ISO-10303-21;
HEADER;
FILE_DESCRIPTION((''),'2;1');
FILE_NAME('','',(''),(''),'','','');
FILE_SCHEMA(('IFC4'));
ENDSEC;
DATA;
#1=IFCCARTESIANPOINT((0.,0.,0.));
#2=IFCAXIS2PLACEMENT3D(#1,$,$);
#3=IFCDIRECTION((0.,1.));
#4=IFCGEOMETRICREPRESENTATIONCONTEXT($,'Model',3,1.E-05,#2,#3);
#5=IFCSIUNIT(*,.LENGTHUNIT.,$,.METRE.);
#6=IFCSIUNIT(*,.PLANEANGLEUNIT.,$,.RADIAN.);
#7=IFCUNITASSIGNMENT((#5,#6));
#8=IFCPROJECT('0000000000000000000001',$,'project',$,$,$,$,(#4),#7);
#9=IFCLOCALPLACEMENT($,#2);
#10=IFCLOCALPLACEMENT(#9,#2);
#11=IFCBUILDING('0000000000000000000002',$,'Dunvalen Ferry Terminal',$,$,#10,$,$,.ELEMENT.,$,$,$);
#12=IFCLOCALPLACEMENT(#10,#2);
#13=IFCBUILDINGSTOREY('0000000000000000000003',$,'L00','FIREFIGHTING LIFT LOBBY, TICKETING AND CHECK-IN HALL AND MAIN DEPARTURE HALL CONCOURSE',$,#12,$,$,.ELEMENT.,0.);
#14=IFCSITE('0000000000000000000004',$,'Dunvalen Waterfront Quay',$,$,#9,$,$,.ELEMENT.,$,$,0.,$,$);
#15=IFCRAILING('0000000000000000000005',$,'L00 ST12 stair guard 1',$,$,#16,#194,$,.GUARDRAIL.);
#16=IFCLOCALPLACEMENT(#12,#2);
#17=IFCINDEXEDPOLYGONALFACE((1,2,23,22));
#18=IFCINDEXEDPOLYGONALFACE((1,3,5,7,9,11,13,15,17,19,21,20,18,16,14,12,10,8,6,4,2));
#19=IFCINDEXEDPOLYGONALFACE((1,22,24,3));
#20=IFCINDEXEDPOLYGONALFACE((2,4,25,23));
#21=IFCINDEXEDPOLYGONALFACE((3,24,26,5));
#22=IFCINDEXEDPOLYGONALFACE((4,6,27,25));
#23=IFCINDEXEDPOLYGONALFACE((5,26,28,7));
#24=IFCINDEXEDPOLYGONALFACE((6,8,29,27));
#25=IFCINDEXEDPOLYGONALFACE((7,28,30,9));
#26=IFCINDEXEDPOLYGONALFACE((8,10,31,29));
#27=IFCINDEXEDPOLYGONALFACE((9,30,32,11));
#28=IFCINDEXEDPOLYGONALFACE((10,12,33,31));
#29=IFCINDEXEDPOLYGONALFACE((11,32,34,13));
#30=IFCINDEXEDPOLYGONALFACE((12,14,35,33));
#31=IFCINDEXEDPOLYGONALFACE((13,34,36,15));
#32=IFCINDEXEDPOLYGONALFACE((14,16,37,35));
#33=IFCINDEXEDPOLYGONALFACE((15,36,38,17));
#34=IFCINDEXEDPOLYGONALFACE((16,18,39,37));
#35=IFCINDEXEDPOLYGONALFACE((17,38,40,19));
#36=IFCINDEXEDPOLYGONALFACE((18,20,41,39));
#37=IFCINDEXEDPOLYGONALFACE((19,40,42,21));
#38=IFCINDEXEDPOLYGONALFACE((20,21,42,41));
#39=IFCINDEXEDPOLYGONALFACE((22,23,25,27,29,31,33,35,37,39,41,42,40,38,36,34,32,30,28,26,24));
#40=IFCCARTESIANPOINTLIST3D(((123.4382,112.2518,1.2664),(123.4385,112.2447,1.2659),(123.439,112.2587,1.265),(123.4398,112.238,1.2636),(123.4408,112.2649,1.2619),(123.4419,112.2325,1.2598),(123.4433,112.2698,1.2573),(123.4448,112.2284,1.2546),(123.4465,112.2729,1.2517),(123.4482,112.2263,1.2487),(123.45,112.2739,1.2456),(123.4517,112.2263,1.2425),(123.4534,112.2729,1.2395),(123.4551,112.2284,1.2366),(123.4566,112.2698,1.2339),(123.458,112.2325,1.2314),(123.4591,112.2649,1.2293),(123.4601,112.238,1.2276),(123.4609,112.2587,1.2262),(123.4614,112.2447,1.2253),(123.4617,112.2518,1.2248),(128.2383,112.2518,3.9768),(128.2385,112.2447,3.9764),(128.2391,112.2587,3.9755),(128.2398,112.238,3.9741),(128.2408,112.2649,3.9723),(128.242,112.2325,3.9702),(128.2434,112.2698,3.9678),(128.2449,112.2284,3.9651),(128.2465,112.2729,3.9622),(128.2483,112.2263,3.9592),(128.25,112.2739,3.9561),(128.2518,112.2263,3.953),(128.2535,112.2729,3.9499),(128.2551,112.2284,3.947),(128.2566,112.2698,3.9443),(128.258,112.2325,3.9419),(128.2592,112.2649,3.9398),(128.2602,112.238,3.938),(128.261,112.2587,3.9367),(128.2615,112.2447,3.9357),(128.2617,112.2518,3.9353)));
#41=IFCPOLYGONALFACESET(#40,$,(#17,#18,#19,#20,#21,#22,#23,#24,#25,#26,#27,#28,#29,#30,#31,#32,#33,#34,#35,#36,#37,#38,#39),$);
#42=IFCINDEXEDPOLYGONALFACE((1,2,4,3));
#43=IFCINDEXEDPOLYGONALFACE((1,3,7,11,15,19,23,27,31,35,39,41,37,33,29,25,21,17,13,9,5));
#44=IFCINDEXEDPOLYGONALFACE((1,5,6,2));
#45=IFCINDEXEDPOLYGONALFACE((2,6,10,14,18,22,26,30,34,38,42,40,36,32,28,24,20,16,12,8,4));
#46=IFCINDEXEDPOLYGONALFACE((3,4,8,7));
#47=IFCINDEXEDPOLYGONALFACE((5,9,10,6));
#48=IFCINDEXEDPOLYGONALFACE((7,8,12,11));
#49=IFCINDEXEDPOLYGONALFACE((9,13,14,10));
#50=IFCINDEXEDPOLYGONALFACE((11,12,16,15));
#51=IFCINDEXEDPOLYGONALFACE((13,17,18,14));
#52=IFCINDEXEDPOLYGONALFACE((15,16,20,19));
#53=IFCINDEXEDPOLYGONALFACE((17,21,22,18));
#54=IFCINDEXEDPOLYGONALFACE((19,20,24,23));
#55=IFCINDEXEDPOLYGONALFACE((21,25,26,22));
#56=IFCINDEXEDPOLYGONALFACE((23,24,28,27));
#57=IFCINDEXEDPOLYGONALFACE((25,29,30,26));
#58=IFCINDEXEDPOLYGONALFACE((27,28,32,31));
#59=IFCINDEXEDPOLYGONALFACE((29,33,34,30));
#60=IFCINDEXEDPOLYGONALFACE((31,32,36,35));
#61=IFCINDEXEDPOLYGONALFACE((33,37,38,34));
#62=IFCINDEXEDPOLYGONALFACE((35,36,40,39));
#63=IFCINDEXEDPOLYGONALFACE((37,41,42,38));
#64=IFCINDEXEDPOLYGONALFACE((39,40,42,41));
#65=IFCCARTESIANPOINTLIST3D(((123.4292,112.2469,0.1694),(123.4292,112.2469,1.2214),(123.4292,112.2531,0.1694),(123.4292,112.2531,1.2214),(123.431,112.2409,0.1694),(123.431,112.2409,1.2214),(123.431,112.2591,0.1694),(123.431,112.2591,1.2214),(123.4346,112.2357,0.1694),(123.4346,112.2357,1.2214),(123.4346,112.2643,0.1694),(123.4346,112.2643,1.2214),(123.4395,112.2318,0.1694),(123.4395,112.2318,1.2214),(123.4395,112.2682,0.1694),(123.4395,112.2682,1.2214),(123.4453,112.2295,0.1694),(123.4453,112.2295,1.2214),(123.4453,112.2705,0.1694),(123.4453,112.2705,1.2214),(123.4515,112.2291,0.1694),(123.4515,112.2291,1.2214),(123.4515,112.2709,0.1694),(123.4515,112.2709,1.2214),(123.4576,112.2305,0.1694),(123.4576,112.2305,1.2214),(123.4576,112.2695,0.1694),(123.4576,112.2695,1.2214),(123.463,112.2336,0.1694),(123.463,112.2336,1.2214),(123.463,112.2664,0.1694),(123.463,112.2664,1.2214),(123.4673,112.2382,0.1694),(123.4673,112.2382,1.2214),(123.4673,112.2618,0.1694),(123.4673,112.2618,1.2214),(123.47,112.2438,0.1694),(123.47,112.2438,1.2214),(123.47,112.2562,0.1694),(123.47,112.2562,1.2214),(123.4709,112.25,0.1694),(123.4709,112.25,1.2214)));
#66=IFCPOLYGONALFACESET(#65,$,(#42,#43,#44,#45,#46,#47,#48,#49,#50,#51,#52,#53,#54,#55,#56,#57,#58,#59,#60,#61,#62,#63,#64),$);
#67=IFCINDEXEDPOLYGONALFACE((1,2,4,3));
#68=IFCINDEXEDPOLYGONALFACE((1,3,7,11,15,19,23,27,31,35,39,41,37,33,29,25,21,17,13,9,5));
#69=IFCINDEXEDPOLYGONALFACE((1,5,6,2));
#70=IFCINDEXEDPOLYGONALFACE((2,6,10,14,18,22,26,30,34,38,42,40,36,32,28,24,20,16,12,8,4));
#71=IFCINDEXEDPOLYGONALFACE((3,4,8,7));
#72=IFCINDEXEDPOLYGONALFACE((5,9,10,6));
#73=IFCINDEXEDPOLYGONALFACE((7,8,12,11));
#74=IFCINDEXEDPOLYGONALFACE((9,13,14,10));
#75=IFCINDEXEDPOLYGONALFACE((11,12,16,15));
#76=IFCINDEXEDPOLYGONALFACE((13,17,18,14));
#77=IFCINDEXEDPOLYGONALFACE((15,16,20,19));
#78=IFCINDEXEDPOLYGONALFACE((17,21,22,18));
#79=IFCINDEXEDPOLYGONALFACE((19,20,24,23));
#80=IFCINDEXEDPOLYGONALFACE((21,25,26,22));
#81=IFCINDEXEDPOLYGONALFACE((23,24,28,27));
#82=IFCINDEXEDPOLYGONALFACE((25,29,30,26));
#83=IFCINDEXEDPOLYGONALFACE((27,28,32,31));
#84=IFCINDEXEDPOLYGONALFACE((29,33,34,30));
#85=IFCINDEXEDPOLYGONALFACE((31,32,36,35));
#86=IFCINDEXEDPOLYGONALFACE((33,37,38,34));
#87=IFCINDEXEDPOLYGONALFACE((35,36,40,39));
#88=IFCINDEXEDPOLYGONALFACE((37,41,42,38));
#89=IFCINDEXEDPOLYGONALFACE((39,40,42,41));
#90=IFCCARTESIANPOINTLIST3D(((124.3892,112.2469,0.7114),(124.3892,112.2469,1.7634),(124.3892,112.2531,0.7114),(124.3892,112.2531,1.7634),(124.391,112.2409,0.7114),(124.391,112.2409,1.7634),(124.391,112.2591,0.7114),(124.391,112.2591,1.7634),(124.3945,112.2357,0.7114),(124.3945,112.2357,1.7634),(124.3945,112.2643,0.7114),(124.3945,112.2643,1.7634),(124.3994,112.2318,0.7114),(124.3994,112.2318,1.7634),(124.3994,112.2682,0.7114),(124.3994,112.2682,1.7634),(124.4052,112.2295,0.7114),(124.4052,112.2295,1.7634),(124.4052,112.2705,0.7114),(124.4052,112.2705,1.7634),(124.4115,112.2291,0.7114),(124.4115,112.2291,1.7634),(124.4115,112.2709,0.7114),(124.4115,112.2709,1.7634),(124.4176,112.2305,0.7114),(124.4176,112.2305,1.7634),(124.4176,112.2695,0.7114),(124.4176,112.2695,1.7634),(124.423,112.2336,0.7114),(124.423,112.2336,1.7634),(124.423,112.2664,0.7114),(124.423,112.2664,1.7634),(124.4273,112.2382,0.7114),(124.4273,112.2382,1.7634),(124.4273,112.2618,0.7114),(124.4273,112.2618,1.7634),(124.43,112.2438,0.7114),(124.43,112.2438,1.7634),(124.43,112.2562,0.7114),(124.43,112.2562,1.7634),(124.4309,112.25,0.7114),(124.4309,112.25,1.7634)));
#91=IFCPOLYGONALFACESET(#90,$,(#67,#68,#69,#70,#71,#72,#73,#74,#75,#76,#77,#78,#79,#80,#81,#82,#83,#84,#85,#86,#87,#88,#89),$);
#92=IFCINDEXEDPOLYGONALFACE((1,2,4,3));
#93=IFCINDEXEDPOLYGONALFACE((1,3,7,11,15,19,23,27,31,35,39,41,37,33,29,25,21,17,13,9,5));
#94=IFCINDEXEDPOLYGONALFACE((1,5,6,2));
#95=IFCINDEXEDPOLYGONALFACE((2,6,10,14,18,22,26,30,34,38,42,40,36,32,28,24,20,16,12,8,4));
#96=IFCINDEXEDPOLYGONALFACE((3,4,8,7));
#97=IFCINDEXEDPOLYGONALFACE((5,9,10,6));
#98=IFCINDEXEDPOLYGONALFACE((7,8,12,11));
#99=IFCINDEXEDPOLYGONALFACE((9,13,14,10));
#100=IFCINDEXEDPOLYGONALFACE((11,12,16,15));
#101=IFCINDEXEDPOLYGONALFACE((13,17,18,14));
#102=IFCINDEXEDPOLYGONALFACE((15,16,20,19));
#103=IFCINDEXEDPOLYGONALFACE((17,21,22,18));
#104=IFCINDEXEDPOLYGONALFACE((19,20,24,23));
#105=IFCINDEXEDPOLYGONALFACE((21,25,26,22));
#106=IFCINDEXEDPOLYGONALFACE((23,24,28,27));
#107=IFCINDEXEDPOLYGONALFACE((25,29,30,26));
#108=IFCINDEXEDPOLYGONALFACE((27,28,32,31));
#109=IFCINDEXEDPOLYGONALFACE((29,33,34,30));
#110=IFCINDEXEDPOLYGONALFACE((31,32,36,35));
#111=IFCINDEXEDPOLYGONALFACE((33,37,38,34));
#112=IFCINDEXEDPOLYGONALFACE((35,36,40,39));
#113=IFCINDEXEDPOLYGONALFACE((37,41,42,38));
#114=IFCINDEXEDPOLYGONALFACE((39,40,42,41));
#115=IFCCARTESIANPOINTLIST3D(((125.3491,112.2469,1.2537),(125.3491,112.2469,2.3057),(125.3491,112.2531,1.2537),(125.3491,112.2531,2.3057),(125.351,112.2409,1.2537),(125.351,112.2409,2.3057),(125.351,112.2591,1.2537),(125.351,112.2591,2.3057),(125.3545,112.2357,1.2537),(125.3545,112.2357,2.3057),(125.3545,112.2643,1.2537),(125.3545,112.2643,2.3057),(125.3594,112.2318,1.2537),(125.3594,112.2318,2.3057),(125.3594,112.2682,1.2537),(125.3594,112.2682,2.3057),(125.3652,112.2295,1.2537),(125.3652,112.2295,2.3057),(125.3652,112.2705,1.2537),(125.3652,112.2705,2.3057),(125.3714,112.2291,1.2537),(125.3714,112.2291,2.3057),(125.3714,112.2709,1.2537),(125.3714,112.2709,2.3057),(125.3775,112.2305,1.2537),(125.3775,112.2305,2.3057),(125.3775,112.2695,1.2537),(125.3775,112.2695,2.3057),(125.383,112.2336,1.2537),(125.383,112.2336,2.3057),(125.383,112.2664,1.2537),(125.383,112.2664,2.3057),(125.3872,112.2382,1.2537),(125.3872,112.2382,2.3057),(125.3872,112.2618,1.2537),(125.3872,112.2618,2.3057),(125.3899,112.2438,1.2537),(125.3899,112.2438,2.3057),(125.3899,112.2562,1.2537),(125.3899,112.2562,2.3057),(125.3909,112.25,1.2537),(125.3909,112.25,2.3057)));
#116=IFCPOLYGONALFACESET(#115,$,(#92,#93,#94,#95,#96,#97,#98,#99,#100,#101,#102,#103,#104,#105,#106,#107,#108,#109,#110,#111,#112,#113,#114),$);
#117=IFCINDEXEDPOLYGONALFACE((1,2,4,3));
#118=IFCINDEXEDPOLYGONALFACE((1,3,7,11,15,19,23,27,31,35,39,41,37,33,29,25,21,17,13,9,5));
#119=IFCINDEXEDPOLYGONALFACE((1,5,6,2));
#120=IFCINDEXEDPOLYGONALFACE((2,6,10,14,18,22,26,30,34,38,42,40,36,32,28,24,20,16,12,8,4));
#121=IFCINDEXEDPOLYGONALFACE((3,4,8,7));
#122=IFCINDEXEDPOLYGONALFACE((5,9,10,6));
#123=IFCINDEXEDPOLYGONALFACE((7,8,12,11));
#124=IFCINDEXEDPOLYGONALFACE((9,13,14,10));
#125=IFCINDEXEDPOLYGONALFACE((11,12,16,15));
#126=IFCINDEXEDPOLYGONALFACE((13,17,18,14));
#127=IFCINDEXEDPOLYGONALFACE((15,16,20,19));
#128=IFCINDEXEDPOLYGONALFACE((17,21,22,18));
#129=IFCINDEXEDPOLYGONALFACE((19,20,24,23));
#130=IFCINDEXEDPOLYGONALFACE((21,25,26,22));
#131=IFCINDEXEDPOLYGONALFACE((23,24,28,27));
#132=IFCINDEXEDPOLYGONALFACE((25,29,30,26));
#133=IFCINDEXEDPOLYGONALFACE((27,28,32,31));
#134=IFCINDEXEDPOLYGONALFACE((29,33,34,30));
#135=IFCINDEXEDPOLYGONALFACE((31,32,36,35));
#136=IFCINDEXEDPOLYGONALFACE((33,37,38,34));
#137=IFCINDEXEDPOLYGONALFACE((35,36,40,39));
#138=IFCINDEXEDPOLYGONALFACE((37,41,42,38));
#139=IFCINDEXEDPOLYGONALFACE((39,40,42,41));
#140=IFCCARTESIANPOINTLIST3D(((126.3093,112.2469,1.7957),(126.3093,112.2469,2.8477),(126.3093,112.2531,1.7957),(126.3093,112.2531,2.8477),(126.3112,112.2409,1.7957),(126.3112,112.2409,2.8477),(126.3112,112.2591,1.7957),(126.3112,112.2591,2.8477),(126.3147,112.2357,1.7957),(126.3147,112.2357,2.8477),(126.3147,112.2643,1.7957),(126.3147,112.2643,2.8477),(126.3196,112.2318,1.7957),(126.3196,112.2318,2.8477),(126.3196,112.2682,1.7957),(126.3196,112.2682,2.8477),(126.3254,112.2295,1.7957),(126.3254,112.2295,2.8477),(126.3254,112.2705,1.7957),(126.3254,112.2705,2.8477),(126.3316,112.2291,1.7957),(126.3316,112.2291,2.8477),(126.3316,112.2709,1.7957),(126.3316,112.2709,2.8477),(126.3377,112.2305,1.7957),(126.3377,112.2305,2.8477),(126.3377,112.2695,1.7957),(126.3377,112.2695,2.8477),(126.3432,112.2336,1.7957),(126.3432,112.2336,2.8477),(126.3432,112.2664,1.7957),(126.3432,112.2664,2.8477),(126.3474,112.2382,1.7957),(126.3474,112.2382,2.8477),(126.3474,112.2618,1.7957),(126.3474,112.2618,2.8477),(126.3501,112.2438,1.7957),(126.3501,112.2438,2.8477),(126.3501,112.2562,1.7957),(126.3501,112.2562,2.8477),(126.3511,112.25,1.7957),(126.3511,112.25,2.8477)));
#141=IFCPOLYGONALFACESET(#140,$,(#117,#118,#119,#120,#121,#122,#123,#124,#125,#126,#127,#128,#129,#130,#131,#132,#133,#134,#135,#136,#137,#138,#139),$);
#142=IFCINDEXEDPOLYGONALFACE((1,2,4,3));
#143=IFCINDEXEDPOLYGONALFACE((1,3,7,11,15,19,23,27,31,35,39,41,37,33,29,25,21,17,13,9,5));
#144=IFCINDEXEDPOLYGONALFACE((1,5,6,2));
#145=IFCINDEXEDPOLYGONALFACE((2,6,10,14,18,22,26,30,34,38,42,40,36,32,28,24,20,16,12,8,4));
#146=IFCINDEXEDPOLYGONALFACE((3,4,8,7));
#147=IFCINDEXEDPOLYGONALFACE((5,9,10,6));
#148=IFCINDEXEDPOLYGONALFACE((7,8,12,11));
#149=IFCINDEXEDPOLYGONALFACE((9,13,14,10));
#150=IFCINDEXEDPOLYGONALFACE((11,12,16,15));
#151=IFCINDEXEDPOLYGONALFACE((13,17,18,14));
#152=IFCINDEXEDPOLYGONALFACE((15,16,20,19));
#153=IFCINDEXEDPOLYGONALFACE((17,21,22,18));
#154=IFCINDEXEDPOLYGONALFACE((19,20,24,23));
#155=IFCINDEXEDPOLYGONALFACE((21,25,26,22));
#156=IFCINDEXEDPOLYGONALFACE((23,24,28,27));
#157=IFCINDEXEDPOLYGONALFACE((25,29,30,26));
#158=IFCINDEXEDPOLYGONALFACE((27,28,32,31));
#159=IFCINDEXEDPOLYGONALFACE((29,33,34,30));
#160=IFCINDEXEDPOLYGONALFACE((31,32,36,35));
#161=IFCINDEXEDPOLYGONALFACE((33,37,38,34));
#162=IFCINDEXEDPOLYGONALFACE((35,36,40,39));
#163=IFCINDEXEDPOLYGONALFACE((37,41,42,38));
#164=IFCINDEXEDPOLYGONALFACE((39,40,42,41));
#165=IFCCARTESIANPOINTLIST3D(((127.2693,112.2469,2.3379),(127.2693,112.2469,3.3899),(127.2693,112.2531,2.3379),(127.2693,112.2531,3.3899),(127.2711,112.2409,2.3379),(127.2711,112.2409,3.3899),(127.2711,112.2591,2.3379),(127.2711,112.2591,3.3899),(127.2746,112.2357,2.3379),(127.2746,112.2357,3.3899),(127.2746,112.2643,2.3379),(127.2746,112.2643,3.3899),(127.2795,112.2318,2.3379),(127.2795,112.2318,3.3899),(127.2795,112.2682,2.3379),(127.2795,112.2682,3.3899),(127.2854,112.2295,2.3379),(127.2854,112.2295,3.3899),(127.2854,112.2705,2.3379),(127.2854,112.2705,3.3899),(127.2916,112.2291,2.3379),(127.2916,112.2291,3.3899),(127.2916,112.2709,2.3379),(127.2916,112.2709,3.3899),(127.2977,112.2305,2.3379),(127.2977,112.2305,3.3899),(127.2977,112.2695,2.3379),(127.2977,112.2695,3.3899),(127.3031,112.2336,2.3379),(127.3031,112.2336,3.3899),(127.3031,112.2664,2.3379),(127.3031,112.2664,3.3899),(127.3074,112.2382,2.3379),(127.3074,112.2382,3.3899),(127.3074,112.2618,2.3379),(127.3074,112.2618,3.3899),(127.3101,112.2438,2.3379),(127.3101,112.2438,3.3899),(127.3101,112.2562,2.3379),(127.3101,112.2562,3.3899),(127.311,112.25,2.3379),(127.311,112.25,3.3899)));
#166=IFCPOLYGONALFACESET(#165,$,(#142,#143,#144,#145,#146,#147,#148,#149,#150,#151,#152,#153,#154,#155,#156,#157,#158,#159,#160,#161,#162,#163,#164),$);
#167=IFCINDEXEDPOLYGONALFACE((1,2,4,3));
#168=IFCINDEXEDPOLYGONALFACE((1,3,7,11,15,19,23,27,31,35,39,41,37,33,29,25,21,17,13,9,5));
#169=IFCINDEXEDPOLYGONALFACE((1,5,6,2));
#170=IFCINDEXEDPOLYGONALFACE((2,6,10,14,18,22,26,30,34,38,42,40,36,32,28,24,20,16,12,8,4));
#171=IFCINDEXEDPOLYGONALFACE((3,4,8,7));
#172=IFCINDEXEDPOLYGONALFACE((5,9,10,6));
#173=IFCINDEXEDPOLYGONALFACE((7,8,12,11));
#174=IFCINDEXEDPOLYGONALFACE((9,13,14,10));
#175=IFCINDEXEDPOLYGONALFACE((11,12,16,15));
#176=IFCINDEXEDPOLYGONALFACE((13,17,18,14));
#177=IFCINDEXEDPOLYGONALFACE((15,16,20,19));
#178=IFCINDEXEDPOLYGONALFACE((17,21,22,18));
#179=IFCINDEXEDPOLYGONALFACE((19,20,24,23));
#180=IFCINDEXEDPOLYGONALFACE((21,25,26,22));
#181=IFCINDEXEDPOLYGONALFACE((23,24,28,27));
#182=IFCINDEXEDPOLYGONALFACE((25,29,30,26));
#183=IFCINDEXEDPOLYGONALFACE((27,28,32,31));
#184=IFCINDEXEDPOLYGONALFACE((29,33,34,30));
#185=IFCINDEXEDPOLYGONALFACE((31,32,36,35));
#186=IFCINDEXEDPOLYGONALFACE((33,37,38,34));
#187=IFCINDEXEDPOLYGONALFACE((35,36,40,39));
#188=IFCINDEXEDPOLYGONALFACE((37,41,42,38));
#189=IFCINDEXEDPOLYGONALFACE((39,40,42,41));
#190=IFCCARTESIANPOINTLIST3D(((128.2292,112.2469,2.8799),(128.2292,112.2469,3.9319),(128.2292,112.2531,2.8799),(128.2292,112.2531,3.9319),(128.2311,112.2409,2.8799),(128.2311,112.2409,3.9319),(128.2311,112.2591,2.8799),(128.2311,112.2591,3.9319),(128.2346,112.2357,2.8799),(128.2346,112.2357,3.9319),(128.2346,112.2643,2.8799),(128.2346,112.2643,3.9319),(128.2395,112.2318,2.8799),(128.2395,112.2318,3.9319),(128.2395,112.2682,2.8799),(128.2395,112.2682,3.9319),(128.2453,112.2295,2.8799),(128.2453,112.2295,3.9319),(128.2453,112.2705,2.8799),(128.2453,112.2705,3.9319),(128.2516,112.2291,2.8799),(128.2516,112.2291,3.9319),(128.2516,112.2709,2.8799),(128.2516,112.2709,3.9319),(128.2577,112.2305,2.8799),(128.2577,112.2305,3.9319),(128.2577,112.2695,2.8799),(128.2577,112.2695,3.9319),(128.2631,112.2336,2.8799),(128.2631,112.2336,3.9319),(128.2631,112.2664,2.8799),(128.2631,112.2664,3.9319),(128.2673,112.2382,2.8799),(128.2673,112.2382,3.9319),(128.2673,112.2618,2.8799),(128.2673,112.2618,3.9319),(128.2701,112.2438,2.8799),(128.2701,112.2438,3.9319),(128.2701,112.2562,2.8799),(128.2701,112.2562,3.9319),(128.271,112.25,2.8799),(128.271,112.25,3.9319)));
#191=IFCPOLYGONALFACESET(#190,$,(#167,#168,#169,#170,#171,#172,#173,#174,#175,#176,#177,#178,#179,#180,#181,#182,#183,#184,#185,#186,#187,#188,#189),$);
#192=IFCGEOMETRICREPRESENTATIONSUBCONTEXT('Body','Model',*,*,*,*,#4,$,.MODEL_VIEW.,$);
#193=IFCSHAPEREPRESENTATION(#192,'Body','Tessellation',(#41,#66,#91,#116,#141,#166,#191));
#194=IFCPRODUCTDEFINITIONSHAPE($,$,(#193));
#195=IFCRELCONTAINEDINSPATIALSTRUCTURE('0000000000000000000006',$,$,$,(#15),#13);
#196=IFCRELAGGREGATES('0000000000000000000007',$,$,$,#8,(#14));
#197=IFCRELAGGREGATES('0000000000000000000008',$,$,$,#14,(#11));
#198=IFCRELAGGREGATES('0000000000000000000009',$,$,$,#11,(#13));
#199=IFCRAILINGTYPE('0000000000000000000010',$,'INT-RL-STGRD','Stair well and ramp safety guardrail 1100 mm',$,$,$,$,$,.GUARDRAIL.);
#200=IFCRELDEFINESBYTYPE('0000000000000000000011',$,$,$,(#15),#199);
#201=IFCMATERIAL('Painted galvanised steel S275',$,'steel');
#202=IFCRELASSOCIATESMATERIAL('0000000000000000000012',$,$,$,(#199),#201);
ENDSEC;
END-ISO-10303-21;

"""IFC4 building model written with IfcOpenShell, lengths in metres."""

from ifc_helpers import new_model, si_unit, direction, frame, origin, origin_2d, place, context, subcontext, project, spatial, circle, extrude, material, type_object, element, save


model = new_model("IFC4")

# Units and contexts
model_context = context("Model", 3, precision=1e-05, world=origin(), true_north=direction((0.0, 1.0)))
body_context = subcontext(model_context, "Body", "Model", "MODEL_VIEW")
ifc_project = project(units=[si_unit("LENGTHUNIT", "METRE"), si_unit("PLANEANGLEUNIT", "RADIAN")], contexts=[model_context])

# Site, building, storey
site_placement = place(None, origin())
site = spatial("IfcSite", under=ifc_project, at=site_placement, Name="Dunvalen Waterfront Quay", CompositionType="ELEMENT", RefElevation=0.0)
building_placement = place(site_placement, origin())
building = spatial("IfcBuilding", under=site, at=building_placement, Name="Dunvalen Ferry Terminal", CompositionType="ELEMENT")
storey_placement = place(building_placement, origin())
storey = spatial("IfcBuildingStorey", under=building, at=storey_placement, Name="L00", Description="FIREFIGHTING LIFT LOBBY, TICKETING AND CHECK-IN HALL AND MAIN DEPARTURE HALL CONCOURSE", CompositionType="ELEMENT", Elevation=0.0)

# Railing
ifc_material_1 = material(Name="Painted galvanised steel S275", Category="steel")
railing_type_1 = type_object("IfcRailingType", Name="INT-RL-STGRD", Description="Stair well and ramp safety guardrail 1100 mm", PredefinedType="GUARDRAIL", material=ifc_material_1)
railing_1_placement = place(storey_placement, frame((123.45, 112.25, 0.1694)))
element("IfcRailing", 1, at=railing_1_placement, inside=storey, type_object=railing_type_1, Name="L00 ST12 stair guard 1", PredefinedType="GUARDRAIL", context=body_context, shape_type="SweptSolid", body=[
    extrude(circle(Radius=0.0239, at=origin_2d()), frame((0.0, 0.0, 1.0762), z_axis=(0.870767, 0.0, 0.491697), x_axis=(0.0, 1.0, 0.0)), (0.0, 0.0, 1.0), 5.5125),
    extrude(circle(Radius=0.021, at=origin_2d()), origin(), (0.0, 0.0, 1.0), 1.052),
    extrude(circle(Radius=0.021, at=origin_2d()), frame((0.96, 0.0, 0.542)), (0.0, 0.0, 1.0), 1.052),
    extrude(circle(Radius=0.021, at=origin_2d()), frame((1.9199, 0.0, 1.0842)), (0.0, 0.0, 1.0), 1.052),
    extrude(circle(Radius=0.021, at=origin_2d()), frame((2.8801, 0.0, 1.6262)), (0.0, 0.0, 1.0), 1.052),
    extrude(circle(Radius=0.021, at=origin_2d()), frame((3.8401, 0.0, 2.1685)), (0.0, 0.0, 1.0), 1.052),
    extrude(circle(Radius=0.021, at=origin_2d()), frame((4.8, 0.0, 2.7104)), (0.0, 0.0, 1.0), 1.052),
])

save(model, "model.ifc")
